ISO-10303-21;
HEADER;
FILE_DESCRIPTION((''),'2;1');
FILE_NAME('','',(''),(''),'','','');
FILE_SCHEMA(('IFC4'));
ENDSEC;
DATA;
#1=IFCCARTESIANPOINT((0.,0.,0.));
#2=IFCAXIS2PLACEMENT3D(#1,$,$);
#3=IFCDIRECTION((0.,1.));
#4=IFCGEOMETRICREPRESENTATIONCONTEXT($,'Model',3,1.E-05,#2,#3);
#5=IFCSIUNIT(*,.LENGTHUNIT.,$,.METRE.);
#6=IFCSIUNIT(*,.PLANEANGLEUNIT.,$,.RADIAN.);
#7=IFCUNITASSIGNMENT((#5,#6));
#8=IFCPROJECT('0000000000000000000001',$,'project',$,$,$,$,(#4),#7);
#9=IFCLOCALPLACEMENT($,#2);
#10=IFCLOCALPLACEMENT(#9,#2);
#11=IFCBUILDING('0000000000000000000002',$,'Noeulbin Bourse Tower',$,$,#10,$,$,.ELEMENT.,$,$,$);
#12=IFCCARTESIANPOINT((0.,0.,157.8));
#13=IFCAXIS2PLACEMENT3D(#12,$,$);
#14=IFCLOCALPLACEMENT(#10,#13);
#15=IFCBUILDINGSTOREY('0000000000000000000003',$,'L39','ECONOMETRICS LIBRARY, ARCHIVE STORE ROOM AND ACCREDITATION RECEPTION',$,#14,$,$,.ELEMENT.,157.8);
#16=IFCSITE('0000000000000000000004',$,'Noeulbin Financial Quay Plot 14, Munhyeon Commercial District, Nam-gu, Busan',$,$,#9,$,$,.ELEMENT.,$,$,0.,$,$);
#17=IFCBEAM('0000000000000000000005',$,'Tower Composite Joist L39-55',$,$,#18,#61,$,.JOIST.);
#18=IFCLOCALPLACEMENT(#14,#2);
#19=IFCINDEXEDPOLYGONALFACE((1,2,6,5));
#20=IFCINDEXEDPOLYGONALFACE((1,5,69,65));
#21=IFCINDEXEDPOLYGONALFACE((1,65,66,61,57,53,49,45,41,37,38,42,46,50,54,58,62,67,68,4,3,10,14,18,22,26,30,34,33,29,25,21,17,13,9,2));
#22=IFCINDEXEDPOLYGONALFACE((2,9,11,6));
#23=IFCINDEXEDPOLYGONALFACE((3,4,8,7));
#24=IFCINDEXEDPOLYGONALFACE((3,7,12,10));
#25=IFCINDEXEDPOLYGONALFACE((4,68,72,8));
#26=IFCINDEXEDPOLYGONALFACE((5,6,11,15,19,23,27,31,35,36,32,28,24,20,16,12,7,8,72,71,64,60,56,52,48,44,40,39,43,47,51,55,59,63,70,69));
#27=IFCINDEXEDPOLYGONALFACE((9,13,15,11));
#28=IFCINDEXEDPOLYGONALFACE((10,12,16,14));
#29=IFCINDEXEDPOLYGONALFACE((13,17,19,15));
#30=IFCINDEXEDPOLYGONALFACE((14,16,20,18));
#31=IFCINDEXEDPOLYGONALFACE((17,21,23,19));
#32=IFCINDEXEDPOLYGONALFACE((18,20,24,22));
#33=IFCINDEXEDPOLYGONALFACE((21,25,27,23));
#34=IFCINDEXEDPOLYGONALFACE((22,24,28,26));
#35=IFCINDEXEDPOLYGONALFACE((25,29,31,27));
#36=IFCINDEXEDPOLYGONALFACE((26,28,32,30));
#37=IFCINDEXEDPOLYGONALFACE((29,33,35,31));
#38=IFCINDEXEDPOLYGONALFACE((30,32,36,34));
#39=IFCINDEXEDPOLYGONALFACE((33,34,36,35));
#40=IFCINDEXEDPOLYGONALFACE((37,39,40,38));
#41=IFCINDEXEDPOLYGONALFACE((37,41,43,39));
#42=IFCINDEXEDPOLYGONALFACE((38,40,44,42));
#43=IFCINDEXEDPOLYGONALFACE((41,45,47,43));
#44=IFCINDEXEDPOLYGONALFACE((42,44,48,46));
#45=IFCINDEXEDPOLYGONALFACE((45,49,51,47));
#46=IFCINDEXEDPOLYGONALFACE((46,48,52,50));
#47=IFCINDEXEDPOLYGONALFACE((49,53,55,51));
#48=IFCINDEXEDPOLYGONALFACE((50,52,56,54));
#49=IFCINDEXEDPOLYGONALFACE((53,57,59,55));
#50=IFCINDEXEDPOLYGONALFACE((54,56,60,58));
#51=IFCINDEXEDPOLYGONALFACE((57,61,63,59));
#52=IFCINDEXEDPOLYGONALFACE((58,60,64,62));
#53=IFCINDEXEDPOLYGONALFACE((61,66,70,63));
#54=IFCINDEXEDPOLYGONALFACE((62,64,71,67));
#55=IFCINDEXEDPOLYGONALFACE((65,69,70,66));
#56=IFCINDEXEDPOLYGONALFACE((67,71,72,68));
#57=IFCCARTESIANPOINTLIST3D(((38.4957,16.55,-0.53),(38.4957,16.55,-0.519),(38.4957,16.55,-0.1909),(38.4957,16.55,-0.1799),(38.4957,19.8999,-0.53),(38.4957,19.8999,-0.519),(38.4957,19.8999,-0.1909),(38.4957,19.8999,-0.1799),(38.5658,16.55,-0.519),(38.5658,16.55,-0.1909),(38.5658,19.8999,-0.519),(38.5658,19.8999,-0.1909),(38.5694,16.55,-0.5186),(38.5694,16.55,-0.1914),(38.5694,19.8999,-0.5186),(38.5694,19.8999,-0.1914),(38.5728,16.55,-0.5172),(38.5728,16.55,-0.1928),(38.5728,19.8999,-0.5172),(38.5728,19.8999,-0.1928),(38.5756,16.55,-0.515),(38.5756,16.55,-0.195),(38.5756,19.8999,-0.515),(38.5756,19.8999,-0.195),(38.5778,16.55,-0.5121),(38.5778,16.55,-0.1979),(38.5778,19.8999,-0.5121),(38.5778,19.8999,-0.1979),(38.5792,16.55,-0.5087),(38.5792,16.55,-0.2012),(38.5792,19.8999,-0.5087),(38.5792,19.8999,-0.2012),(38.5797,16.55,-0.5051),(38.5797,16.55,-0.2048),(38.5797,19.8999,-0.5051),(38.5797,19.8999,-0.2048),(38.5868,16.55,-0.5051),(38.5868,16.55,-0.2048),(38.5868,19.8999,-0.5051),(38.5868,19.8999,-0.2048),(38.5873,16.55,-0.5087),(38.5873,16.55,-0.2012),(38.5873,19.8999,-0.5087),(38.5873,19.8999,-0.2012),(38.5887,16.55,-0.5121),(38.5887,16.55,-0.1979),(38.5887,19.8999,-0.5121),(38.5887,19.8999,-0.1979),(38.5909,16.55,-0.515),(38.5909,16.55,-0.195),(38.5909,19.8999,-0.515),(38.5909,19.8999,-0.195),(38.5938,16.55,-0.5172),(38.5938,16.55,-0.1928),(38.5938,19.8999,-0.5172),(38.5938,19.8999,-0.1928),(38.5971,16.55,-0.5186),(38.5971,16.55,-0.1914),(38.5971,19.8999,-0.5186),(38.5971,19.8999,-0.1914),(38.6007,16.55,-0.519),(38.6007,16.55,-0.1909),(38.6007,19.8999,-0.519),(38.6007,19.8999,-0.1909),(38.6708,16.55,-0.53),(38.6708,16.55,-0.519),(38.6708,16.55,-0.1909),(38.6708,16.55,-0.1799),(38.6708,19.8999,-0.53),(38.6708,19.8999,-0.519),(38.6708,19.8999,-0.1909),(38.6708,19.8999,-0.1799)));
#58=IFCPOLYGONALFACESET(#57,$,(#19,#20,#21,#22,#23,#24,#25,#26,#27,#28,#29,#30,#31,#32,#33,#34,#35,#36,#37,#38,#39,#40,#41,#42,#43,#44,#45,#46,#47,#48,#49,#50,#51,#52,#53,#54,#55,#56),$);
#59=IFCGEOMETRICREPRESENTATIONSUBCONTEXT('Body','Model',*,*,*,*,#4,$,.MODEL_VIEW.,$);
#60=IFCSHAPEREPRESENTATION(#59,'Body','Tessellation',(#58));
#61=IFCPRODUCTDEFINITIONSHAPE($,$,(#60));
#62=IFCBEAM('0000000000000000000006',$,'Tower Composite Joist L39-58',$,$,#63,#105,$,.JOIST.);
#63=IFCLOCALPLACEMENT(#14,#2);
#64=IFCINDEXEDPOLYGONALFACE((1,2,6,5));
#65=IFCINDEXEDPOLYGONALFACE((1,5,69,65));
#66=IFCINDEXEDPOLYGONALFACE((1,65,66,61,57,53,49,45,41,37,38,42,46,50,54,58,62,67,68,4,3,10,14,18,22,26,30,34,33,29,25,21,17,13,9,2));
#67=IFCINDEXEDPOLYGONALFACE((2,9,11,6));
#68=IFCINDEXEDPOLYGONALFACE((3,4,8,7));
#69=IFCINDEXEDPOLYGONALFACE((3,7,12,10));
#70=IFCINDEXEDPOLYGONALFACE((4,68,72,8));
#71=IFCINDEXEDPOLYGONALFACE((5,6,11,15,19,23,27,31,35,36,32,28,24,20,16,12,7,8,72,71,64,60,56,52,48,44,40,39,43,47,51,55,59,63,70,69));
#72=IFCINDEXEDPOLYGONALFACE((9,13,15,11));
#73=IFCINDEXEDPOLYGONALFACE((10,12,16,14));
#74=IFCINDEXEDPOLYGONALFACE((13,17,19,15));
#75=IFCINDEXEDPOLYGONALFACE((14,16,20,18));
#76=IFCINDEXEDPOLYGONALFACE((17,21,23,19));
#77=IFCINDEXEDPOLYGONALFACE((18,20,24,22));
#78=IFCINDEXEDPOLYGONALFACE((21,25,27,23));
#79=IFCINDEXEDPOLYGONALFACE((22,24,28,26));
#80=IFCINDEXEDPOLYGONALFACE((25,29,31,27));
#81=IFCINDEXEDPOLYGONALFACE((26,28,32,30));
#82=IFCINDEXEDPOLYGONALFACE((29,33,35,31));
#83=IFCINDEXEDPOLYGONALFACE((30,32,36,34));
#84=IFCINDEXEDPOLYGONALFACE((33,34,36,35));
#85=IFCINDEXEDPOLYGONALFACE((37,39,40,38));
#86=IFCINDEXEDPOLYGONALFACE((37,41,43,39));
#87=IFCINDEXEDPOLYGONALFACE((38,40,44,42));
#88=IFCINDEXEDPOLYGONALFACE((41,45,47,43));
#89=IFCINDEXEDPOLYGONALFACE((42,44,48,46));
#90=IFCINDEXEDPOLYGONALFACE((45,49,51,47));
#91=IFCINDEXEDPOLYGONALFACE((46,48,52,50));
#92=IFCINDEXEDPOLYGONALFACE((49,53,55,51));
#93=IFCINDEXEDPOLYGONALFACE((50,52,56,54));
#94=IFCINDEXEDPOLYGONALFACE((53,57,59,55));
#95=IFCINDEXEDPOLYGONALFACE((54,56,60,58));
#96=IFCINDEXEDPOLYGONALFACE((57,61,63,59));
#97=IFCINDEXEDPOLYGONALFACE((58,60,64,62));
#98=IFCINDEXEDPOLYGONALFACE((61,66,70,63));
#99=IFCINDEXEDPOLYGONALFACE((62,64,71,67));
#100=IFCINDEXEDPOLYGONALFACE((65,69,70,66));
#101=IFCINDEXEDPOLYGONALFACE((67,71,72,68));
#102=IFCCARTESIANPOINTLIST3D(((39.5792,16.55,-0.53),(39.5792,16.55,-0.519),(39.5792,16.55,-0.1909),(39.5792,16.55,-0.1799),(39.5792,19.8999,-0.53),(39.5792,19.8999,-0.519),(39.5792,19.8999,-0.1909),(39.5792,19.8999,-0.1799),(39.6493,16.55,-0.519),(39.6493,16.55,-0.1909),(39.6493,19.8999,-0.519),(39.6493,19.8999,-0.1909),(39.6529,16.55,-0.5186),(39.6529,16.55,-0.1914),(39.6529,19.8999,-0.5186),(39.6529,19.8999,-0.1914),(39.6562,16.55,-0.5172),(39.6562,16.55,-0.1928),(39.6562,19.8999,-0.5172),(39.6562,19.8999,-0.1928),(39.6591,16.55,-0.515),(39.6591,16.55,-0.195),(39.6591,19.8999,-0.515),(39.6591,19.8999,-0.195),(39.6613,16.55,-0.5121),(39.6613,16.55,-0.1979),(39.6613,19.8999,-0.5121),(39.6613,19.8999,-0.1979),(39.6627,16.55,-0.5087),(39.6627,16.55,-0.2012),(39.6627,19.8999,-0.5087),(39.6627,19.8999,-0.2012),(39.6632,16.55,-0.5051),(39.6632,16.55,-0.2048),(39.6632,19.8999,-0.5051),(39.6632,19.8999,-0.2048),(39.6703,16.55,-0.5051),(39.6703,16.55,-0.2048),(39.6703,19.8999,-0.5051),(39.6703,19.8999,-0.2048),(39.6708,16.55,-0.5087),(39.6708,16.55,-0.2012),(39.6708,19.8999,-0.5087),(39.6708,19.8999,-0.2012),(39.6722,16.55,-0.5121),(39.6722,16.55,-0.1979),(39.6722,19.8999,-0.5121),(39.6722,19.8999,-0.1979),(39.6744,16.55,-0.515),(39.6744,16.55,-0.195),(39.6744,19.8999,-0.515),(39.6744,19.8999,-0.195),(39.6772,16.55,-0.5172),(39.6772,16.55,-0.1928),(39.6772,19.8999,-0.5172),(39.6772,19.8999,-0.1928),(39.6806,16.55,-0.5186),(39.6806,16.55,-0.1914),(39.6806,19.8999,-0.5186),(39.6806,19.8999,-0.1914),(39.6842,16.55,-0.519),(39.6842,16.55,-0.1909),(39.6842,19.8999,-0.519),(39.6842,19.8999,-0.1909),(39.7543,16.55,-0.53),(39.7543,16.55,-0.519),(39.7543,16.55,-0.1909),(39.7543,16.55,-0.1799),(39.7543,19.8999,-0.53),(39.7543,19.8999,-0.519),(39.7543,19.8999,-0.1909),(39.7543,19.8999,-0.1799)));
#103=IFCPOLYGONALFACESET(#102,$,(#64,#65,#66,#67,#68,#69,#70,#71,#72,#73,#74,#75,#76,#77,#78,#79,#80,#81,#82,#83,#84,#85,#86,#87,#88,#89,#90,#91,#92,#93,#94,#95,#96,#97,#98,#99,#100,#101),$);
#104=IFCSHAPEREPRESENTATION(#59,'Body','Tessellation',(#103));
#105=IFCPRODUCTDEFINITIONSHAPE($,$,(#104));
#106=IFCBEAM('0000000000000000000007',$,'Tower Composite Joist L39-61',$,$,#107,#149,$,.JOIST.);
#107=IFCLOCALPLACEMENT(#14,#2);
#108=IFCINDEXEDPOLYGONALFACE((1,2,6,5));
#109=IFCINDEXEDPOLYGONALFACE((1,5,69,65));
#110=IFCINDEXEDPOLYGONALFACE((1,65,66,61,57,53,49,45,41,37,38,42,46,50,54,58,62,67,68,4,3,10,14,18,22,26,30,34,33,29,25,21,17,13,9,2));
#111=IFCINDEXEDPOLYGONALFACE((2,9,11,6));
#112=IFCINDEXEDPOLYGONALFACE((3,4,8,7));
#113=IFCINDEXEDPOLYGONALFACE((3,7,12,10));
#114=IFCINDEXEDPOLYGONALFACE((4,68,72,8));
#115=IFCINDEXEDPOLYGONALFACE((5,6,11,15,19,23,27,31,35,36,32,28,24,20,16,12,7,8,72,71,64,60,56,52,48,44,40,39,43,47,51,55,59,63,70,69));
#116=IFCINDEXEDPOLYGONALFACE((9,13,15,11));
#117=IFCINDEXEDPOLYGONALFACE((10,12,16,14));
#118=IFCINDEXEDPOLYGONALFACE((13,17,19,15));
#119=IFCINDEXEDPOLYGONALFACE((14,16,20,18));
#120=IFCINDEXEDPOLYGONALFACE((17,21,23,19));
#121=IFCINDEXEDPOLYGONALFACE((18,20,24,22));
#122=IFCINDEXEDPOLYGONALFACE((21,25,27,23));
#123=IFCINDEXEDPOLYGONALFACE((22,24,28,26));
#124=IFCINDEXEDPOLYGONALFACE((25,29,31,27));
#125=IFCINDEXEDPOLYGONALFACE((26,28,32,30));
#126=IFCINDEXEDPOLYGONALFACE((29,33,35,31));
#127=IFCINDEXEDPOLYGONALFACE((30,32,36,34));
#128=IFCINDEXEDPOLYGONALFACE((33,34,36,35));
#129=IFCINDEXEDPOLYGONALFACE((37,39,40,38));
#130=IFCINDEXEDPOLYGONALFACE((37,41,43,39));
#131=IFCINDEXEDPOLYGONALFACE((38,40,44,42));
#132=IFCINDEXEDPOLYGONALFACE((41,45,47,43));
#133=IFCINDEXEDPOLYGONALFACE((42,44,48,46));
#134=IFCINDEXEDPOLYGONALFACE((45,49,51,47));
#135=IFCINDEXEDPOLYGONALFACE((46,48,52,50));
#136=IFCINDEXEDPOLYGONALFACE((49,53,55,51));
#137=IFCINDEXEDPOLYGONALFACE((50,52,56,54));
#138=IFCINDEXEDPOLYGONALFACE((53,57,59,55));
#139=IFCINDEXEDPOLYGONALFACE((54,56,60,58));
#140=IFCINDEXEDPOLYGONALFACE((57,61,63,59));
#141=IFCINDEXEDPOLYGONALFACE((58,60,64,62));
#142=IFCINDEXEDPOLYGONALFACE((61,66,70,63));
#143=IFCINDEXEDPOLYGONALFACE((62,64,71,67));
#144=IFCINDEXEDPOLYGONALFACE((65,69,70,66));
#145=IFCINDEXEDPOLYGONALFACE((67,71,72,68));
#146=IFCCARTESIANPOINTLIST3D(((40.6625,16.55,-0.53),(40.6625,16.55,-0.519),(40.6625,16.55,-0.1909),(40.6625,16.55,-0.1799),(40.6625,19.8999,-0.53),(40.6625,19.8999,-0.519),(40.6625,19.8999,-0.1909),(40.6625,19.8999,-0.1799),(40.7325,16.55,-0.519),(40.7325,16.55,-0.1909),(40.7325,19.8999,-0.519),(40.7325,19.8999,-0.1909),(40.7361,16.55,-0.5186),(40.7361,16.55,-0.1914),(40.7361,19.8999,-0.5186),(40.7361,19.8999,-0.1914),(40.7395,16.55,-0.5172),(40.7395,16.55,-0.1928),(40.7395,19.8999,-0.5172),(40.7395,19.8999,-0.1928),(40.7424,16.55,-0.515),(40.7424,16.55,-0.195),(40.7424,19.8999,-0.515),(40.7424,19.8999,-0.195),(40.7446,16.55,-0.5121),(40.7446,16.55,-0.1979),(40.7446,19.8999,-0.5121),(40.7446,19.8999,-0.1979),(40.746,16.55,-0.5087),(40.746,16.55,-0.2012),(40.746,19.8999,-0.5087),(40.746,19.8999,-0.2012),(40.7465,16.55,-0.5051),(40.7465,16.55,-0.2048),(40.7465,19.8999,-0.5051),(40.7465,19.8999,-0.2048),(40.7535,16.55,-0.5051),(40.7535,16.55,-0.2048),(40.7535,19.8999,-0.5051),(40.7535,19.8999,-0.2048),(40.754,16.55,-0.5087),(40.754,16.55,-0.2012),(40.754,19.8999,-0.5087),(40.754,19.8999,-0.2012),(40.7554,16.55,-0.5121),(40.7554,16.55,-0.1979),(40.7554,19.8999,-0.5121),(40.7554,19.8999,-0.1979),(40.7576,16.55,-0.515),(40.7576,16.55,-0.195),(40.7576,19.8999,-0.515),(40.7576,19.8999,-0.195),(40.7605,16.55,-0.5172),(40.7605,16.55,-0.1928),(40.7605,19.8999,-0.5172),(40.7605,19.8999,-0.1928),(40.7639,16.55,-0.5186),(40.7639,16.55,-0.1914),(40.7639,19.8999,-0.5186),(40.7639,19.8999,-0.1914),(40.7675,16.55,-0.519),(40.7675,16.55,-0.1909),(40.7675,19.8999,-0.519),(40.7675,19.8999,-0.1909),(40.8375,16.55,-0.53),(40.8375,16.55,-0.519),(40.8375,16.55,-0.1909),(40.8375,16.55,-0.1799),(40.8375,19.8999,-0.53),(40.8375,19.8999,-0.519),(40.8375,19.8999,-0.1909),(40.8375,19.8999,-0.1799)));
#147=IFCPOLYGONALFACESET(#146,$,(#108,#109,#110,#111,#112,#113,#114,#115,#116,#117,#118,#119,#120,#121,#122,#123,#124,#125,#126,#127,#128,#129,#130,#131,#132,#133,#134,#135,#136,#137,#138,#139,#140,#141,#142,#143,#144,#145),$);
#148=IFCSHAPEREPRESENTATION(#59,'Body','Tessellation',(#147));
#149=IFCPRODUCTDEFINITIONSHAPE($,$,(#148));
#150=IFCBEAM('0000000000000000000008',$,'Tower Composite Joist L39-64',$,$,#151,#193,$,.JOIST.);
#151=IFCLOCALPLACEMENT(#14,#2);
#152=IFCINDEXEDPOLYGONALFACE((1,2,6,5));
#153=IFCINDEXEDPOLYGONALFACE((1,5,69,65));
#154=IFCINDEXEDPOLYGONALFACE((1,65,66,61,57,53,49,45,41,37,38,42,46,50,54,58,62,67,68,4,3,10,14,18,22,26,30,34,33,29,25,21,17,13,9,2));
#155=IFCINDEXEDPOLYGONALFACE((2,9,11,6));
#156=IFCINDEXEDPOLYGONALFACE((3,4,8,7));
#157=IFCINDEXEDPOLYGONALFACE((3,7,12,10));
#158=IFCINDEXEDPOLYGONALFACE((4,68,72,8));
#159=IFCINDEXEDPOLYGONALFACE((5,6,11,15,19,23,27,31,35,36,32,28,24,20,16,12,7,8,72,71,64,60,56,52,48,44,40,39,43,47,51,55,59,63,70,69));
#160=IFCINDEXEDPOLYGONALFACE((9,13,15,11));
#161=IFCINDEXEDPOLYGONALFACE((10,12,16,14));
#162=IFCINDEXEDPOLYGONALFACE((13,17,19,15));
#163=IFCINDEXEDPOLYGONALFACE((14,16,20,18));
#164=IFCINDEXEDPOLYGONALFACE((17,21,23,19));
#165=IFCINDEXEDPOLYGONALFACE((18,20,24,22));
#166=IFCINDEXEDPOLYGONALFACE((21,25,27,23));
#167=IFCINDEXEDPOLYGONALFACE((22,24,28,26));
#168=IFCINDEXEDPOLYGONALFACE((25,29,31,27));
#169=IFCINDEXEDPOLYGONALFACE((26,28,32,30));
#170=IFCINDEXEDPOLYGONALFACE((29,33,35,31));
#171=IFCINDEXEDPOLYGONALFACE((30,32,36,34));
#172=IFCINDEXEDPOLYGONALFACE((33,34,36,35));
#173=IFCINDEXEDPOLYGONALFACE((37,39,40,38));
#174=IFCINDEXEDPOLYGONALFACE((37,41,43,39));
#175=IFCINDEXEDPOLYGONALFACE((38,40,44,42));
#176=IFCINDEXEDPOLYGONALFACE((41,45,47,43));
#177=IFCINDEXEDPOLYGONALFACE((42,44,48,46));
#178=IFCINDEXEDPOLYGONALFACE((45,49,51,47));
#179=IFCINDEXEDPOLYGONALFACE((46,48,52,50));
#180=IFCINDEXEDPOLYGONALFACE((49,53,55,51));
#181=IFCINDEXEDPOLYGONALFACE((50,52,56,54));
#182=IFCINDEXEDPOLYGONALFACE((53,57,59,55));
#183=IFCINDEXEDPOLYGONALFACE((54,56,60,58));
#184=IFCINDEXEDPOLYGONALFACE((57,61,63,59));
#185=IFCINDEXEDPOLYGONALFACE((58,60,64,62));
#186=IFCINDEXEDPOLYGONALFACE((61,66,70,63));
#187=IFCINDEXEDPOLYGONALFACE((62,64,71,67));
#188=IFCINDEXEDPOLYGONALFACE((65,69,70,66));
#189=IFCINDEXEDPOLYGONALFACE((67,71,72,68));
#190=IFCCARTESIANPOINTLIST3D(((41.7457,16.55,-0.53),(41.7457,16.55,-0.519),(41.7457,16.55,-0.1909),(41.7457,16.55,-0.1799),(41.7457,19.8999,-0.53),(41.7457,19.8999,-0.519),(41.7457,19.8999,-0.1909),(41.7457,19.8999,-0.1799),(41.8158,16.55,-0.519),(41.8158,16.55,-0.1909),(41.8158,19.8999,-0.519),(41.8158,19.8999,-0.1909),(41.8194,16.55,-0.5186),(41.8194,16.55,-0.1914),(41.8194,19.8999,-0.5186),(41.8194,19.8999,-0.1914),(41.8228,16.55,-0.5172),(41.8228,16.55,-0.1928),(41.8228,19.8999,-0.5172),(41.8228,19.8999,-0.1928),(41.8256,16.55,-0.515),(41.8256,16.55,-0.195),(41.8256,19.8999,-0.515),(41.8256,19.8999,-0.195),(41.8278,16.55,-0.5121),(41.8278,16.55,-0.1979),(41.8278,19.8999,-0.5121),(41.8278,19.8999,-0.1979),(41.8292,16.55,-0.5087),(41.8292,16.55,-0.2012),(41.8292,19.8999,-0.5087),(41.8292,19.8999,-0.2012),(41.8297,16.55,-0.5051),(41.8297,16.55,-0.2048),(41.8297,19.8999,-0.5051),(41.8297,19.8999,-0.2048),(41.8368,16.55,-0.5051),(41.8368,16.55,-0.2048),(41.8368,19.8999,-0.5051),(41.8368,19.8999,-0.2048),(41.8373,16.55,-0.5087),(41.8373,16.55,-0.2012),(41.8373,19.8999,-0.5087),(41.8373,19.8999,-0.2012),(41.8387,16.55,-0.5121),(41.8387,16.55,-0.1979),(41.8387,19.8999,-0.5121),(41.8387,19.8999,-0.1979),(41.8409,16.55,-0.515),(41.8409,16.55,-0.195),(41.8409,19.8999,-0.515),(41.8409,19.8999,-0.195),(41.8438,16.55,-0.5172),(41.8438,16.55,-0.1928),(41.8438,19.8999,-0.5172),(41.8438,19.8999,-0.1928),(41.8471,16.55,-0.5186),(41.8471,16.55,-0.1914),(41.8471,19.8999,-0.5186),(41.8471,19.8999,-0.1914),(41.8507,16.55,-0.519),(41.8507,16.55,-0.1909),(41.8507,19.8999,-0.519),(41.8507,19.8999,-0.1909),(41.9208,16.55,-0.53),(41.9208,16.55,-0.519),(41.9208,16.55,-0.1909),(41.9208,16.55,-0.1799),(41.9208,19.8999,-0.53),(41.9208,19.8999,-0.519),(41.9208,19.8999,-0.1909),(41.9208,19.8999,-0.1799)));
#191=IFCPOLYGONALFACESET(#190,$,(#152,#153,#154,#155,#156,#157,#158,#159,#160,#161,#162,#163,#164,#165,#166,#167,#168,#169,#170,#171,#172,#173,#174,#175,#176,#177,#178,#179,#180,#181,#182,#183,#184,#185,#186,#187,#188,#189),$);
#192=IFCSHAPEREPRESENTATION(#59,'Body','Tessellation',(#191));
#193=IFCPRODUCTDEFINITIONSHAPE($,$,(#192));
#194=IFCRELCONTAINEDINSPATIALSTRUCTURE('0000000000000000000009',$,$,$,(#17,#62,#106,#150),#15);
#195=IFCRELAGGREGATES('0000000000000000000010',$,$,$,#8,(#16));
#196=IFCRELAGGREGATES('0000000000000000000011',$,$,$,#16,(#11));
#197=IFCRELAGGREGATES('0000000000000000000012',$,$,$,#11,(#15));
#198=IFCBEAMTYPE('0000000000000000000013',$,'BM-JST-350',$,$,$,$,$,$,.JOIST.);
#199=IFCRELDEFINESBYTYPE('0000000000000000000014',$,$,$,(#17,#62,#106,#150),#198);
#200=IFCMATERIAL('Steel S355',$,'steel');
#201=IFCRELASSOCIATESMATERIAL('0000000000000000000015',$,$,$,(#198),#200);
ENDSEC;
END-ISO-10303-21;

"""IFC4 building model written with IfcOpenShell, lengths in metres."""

from ifc_helpers import new_model, si_unit, direction, frame, origin, origin_2d, place, context, subcontext, project, spatial, i_section, extrude, material, material_profile, profile_set, type_object, element, save


model = new_model("IFC4")

# Units and contexts
model_context = context("Model", 3, precision=1e-05, world=origin(), true_north=direction((0.0, 1.0)))
body_context = subcontext(model_context, "Body", "Model", "MODEL_VIEW")
ifc_project = project(units=[si_unit("LENGTHUNIT", "METRE"), si_unit("PLANEANGLEUNIT", "RADIAN")], contexts=[model_context])

# Site, building, storey
site_placement = place(None, origin())
site = spatial("IfcSite", under=ifc_project, at=site_placement, Name="Noeulbin Financial Quay Plot 14, Munhyeon Commercial District, Nam-gu, Busan", CompositionType="ELEMENT", RefElevation=0.0)
building_placement = place(site_placement, origin())
building = spatial("IfcBuilding", under=site, at=building_placement, Name="Noeulbin Bourse Tower", CompositionType="ELEMENT")
storey_placement = place(building_placement, frame((0.0, 0.0, 157.8)))
storey = spatial("IfcBuildingStorey", under=building, at=storey_placement, Name="L39", Description="ECONOMETRICS LIBRARY, ARCHIVE STORE ROOM AND ACCREDITATION RECEPTION", CompositionType="ELEMENT", Elevation=157.8)

# Shared definitions
ifc_material_1 = material(Name="Steel S355", Category="steel")

# Beams
ifc_material_profile_1 = material_profile(ifc_material_1, i_section(OverallWidth=0.175, OverallDepth=0.3501, WebThickness=0.0071, FlangeThickness=0.011, FilletRadius=0.0139, at=origin_2d()), Name="H-350x175x7x11", Category="LoadBearing")
ifc_profile_set_1 = profile_set([ifc_material_profile_1], Name="Steel S355")
beam_type_1 = type_object("IfcBeamType", Name="BM-JST-350", PredefinedType="JOIST", material=ifc_profile_set_1)
for number, where, z_axis, x_axis, name in (
    (1, (38.5833, 16.55, -0.355), (0.0, 1.0, 0.0), (-1.0, 0.0, 0.0), "Tower Composite Joist L39-55"),
    (2, (39.6667, 16.55, -0.355), (0.0, 1.0, 0.0), (-1.0, 0.0, 0.0), "Tower Composite Joist L39-58"),
    (3, (40.75, 16.55, -0.355), (0.0, 1.0, 0.0), (-1.0, 0.0, 0.0), "Tower Composite Joist L39-61"),
    (4, (41.8333, 16.55, -0.355), (0.0, 1.0, 0.0), (-1.0, 0.0, 0.0), "Tower Composite Joist L39-64"),
):
    element("IfcBeam", number, at=place(storey_placement, frame(where, z_axis=z_axis, x_axis=x_axis)), inside=storey, type_object=beam_type_1, Name=name, PredefinedType="JOIST", context=body_context, shape_type="SweptSolid", body=[
        extrude(i_section(OverallWidth=0.175, OverallDepth=0.3501, WebThickness=0.0071, FlangeThickness=0.011, FilletRadius=0.0139, at=origin_2d()), origin(), (0.0, 0.0, 1.0), 3.3499),
    ])

save(model, "model.ifc")
